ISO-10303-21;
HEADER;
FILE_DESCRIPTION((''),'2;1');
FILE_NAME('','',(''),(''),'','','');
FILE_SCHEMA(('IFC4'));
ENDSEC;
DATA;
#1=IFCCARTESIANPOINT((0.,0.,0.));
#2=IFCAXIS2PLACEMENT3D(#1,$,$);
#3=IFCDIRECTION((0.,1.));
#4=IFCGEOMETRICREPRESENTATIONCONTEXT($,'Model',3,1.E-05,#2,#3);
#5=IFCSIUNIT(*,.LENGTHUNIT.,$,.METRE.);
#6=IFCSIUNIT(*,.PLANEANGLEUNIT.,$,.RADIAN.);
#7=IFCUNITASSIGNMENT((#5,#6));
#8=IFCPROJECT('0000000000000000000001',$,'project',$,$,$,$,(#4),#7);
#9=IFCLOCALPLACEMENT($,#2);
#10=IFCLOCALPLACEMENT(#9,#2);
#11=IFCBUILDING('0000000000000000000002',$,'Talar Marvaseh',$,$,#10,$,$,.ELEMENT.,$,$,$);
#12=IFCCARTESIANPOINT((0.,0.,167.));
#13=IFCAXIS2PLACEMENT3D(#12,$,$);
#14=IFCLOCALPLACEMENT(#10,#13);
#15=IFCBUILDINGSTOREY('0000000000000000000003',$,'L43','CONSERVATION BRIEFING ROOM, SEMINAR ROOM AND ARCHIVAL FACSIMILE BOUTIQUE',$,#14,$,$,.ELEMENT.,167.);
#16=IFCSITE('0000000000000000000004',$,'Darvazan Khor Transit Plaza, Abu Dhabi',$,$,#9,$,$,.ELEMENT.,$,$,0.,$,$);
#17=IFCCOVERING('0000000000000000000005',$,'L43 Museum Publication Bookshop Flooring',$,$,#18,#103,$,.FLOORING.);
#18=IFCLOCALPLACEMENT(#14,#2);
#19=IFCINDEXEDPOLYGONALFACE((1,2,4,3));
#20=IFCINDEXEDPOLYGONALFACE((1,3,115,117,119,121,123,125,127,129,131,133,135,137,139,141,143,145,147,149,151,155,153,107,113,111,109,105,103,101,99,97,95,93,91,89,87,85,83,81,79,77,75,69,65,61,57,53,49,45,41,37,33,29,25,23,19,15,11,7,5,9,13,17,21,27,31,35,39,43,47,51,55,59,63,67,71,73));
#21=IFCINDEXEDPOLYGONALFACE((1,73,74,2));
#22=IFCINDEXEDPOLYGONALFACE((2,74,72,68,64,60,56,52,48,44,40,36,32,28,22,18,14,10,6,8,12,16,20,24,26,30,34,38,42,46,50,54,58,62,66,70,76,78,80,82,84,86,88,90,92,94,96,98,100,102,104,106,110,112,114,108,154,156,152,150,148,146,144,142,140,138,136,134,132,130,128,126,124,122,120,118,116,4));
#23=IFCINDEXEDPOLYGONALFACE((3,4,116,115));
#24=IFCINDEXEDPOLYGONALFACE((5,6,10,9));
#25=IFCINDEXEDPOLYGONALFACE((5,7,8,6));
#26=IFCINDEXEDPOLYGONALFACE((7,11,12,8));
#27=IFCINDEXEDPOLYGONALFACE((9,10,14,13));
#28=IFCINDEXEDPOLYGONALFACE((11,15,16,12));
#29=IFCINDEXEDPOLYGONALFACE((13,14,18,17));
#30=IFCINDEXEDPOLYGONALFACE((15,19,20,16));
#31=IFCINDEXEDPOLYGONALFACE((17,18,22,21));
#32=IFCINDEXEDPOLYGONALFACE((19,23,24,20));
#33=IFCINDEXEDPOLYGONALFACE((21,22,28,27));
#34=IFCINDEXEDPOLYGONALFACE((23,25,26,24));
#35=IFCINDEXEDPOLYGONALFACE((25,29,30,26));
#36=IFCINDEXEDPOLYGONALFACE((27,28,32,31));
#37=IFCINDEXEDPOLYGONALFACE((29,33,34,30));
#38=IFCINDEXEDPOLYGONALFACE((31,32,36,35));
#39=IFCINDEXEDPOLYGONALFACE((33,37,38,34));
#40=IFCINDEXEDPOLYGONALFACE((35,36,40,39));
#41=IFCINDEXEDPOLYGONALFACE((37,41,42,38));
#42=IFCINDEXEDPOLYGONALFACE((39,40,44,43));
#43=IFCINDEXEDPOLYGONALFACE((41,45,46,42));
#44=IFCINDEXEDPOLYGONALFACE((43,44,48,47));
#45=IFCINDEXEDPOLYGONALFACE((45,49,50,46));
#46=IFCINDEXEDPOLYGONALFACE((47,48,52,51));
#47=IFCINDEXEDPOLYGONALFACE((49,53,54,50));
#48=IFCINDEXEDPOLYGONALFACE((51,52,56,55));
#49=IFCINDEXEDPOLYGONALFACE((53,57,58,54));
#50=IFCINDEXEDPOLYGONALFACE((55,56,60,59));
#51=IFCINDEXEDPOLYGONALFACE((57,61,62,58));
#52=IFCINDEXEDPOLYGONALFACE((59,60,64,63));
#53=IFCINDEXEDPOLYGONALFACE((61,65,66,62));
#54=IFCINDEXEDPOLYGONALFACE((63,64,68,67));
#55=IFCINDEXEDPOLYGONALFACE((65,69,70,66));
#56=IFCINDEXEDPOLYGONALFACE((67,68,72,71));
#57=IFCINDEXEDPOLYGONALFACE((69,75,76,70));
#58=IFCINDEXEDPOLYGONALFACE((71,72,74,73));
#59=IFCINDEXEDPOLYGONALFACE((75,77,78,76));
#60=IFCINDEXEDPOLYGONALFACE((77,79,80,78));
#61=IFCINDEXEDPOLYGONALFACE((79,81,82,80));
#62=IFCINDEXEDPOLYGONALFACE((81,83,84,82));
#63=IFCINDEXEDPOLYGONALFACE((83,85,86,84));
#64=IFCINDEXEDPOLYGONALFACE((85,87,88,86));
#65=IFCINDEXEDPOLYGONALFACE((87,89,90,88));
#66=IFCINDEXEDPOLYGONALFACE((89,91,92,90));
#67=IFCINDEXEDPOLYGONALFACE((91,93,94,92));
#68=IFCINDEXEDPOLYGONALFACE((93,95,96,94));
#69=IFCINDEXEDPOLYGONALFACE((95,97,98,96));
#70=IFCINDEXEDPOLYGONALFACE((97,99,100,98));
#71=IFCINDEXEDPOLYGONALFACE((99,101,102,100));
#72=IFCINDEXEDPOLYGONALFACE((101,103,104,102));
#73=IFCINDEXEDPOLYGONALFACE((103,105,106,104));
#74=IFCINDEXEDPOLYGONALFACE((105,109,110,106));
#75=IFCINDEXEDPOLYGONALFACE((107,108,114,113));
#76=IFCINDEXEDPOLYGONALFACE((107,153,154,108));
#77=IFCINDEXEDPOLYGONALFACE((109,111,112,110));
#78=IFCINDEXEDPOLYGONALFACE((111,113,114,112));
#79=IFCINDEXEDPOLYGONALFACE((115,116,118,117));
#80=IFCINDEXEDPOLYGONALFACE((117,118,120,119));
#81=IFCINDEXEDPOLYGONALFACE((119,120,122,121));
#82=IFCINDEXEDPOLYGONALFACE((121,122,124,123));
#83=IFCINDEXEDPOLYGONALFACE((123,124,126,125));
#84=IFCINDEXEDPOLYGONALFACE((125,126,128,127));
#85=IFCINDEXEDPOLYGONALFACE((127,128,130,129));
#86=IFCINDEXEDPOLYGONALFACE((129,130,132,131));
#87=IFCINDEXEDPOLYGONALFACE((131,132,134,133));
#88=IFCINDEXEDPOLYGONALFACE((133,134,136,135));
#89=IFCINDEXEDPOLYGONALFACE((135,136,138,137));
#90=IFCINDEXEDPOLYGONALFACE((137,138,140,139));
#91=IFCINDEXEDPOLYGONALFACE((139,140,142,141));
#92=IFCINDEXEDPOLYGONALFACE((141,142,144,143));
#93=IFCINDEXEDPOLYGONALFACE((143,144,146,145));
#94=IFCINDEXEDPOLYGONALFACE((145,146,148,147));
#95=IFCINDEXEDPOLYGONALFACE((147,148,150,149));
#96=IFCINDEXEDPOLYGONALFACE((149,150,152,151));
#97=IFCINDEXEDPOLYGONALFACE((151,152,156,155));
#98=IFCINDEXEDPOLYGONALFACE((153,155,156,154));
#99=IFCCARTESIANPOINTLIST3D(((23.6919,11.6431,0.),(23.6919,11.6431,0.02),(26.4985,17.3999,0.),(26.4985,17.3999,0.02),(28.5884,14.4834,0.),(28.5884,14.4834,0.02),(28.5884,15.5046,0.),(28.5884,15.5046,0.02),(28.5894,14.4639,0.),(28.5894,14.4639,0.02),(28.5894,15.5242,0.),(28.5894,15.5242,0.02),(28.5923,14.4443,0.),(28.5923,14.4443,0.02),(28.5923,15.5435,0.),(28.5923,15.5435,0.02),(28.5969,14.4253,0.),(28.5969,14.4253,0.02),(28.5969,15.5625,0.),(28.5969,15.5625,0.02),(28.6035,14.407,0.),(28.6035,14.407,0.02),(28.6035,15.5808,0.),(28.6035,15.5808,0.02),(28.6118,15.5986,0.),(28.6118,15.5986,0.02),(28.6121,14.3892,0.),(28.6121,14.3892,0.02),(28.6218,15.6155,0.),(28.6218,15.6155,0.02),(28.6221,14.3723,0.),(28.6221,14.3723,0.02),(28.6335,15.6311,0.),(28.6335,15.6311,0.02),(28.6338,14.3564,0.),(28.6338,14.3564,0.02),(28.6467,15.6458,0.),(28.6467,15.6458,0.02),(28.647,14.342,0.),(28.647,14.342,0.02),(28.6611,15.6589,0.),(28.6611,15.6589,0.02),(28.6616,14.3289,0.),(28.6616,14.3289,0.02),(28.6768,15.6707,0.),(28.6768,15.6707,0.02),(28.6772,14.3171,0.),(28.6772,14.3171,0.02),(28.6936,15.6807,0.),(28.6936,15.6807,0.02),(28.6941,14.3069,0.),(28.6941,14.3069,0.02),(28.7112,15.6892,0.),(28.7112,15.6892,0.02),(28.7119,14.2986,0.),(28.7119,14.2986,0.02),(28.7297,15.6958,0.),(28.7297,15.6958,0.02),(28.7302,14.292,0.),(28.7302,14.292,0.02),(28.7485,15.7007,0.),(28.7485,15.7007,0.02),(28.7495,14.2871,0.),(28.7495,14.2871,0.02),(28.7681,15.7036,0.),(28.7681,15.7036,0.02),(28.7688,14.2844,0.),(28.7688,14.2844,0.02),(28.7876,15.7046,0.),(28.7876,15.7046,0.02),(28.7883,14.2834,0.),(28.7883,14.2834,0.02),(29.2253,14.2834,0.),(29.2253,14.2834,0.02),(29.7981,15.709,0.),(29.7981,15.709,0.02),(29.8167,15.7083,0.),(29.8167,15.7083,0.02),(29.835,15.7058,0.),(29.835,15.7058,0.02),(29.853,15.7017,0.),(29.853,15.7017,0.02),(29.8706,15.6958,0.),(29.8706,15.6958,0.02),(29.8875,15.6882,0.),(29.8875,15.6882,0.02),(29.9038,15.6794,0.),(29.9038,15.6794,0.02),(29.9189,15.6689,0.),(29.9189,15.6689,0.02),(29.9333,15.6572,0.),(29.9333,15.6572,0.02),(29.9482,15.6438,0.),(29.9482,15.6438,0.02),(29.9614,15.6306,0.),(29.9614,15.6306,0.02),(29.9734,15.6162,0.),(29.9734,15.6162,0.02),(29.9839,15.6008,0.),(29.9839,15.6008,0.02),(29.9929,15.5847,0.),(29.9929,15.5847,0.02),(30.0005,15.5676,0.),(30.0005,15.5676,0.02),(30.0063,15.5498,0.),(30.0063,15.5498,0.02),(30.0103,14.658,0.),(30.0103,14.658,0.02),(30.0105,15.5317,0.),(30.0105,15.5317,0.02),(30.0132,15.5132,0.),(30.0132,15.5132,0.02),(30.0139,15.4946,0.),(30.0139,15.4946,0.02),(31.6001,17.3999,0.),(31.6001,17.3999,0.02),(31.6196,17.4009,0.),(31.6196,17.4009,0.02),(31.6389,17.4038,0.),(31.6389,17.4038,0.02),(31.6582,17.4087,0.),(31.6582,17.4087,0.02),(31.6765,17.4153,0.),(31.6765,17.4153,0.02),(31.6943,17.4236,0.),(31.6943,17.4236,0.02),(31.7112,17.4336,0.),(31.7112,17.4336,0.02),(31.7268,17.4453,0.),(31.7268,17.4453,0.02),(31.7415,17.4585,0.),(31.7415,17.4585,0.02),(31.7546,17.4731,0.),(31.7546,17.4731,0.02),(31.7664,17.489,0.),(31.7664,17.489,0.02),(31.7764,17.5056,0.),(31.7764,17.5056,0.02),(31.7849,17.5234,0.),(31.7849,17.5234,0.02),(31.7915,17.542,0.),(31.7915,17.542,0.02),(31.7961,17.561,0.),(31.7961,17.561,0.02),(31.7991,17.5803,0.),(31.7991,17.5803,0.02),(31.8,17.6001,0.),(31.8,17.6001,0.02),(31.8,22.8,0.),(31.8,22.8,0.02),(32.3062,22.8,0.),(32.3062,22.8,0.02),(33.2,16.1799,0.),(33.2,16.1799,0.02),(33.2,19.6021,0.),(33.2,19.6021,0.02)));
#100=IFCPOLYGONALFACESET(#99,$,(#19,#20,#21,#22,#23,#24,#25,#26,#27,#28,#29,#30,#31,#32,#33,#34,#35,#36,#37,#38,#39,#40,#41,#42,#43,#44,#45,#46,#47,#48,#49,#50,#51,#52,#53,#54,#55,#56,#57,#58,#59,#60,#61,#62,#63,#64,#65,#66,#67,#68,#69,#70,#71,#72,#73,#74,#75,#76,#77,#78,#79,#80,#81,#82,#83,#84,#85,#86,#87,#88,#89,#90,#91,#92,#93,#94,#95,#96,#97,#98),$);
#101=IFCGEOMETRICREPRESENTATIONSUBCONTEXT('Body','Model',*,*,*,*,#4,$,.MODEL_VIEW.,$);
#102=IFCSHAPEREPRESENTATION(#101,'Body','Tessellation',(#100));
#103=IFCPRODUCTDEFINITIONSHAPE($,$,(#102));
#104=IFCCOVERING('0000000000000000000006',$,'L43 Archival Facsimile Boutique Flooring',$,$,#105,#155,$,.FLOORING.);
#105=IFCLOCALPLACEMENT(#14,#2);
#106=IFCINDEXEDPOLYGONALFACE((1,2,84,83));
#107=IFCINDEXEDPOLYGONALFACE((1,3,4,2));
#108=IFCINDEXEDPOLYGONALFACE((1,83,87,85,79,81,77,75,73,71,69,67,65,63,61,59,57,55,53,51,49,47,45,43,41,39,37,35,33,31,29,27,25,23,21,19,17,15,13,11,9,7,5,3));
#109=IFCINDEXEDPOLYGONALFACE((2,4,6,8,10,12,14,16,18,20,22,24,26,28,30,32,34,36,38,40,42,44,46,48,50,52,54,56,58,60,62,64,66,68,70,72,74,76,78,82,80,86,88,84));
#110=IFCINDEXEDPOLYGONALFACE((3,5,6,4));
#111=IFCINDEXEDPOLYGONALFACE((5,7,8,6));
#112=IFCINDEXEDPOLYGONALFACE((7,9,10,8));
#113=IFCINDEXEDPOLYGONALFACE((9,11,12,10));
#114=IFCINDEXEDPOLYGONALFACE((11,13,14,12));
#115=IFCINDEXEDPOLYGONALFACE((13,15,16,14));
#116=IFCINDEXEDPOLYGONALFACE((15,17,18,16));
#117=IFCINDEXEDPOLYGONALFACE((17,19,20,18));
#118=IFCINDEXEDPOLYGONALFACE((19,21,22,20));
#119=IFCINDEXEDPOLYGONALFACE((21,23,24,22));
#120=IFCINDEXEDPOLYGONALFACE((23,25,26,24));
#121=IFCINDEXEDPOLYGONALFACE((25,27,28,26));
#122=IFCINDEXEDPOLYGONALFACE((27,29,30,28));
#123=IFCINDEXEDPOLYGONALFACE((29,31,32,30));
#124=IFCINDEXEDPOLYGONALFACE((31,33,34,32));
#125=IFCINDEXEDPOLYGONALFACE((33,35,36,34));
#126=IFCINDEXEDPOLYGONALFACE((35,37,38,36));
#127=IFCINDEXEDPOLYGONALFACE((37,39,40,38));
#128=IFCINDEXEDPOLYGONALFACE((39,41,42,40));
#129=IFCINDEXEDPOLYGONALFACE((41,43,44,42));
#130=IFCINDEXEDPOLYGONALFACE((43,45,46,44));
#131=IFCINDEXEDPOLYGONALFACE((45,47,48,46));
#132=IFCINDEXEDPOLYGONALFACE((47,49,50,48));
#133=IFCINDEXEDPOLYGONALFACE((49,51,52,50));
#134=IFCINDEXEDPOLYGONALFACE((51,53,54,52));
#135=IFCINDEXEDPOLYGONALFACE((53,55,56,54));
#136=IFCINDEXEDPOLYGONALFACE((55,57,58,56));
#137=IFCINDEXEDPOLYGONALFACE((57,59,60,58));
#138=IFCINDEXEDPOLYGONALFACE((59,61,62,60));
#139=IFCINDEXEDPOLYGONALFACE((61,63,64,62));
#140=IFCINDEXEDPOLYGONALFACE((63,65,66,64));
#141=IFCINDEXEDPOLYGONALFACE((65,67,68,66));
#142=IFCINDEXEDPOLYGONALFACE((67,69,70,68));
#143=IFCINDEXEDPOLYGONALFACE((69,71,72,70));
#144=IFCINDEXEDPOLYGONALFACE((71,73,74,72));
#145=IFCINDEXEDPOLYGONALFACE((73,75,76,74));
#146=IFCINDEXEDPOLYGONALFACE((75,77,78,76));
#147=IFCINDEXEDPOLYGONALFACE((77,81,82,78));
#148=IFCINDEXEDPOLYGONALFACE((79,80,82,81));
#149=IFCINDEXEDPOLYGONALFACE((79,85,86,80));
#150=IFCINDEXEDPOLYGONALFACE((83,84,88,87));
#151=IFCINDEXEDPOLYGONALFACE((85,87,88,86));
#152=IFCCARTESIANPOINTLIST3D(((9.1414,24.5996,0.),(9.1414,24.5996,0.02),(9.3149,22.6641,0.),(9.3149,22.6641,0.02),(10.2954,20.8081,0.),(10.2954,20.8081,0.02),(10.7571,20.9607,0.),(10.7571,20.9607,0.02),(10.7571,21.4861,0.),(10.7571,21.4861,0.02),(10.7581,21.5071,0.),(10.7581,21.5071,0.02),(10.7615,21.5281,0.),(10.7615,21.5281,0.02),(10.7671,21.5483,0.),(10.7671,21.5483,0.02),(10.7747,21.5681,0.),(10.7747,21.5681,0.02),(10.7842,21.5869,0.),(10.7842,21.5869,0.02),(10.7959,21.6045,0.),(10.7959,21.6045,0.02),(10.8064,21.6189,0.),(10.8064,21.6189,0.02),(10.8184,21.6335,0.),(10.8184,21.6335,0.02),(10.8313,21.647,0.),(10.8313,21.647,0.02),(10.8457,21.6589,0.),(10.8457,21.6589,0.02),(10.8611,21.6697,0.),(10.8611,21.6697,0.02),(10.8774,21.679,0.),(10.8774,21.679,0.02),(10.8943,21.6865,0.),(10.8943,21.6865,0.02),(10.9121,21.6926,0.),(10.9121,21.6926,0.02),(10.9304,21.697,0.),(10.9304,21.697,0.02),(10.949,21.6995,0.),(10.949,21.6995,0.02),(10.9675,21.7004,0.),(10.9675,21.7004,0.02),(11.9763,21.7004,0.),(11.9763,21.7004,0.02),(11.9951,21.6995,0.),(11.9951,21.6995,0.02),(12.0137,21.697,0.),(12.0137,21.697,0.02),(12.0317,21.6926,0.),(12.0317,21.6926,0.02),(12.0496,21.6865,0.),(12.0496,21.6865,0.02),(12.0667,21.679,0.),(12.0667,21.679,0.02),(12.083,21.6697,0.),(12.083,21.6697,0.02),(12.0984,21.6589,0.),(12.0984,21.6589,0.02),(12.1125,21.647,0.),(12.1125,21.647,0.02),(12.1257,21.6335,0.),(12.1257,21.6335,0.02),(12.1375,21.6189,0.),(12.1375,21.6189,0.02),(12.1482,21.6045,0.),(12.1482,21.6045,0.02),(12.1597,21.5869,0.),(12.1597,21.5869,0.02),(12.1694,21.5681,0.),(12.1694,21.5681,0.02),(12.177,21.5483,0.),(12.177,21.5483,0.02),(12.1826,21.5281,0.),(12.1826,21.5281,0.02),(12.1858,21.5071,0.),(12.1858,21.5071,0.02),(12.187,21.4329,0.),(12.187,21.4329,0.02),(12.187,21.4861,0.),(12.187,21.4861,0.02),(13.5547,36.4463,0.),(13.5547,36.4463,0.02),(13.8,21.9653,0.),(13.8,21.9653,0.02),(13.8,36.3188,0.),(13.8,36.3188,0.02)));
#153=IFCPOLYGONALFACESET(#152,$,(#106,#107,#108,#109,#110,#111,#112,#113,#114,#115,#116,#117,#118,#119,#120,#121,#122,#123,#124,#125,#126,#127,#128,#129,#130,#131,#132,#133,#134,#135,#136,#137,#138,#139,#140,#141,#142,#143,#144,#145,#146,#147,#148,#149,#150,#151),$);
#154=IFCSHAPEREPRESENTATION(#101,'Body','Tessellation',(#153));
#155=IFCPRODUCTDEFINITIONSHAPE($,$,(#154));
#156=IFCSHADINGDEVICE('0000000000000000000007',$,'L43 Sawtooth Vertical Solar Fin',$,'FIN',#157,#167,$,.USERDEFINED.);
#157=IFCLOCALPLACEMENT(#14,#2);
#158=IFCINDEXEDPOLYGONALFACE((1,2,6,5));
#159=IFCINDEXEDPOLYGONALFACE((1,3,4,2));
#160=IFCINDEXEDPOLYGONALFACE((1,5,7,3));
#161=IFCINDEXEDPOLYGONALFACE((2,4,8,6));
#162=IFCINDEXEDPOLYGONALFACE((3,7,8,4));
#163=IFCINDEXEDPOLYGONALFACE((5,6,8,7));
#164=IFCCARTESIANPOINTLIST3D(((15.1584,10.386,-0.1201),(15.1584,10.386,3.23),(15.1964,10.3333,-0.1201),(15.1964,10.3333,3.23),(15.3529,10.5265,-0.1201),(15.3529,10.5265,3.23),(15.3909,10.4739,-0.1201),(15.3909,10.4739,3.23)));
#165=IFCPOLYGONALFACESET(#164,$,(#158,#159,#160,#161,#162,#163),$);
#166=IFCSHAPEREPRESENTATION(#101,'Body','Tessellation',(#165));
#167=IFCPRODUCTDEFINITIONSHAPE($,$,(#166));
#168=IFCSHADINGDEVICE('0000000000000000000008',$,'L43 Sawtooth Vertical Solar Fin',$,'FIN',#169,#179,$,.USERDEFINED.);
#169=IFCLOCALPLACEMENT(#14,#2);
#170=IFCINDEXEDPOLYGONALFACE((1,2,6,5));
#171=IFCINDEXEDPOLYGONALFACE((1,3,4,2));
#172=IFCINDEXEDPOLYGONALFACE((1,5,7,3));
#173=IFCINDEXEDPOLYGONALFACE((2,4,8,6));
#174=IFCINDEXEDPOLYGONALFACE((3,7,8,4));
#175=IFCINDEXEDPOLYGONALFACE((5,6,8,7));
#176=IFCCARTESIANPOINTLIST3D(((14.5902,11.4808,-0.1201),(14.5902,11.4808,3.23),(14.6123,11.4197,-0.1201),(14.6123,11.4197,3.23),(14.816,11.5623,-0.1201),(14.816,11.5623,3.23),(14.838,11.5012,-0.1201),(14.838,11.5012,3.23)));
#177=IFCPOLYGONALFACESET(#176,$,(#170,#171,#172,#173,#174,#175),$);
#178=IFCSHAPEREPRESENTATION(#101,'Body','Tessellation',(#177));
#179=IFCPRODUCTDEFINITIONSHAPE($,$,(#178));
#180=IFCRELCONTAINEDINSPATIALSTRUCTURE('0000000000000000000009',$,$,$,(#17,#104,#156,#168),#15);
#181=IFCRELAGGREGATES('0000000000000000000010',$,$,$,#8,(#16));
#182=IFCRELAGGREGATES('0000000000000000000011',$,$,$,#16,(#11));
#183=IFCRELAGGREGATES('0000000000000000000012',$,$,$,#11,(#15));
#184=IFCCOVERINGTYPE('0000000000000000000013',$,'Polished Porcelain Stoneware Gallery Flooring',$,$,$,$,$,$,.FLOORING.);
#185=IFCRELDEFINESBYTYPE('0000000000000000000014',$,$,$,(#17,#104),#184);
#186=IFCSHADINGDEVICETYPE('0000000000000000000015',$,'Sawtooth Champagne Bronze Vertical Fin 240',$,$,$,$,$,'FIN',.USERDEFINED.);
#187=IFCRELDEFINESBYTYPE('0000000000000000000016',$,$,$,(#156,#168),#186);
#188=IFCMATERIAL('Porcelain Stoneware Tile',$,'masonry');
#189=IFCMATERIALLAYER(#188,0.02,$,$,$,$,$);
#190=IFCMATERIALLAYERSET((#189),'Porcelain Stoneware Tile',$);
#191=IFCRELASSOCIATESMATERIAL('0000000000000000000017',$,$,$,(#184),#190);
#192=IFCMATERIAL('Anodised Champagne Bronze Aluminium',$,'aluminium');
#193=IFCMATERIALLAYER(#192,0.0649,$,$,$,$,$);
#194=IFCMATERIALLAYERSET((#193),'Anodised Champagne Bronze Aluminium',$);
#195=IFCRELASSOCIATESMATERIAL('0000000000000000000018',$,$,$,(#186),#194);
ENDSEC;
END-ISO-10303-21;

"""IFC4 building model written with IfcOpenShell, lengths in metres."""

from ifc_helpers import new_model, si_unit, direction, frame, origin, origin_2d, place, context, subcontext, project, spatial, polyline, rectangle, outline, extrude, source, transform, mapped, material, layer, layer_set, type_object, type_shapes, element, save


model = new_model("IFC4")

# Units and contexts
model_context = context("Model", 3, precision=1e-05, world=origin(), true_north=direction((0.0, 1.0)))
body_context = subcontext(model_context, "Body", "Model", "MODEL_VIEW")
ifc_project = project(units=[si_unit("LENGTHUNIT", "METRE"), si_unit("PLANEANGLEUNIT", "RADIAN")], contexts=[model_context])

# Site, building, storey
site_placement = place(None, origin())
site = spatial("IfcSite", under=ifc_project, at=site_placement, Name="Darvazan Khor Transit Plaza, Abu Dhabi", CompositionType="ELEMENT", RefElevation=0.0)
building_placement = place(site_placement, origin())
building = spatial("IfcBuilding", under=site, at=building_placement, Name="Talar Marvaseh", CompositionType="ELEMENT")
storey_placement = place(building_placement, frame((0.0, 0.0, 167.0)))
storey = spatial("IfcBuildingStorey", under=building, at=storey_placement, Name="L43", Description="CONSERVATION BRIEFING ROOM, SEMINAR ROOM AND ARCHIVAL FACSIMILE BOUTIQUE", CompositionType="ELEMENT", Elevation=167.0)

# Coverings
ifc_material_1 = material(Name="Porcelain Stoneware Tile", Category="masonry")
ifc_layer_1 = layer(ifc_material_1, 0.02)
ifc_layer_set_1 = layer_set([ifc_layer_1], Name="Porcelain Stoneware Tile")
covering_type_1 = type_object("IfcCoveringType", Name="Polished Porcelain Stoneware Gallery Flooring", PredefinedType="FLOORING", material=ifc_layer_set_1)
covering_1_placement = place(storey_placement, origin())
element("IfcCovering", 1, at=covering_1_placement, inside=storey, type_object=covering_type_1, Name="L43 Museum Publication Bookshop Flooring", PredefinedType="FLOORING", context=body_context, shape_type="SweptSolid", body=[
    extrude(outline(polyline([(31.6196, 17.4009), (31.6389, 17.4038), (31.6582, 17.4087), (31.6765, 17.4153), (31.6943, 17.4236), (31.7112, 17.4336), (31.7268, 17.4453), (31.7415, 17.4585), (31.7546, 17.4731), (31.7664, 17.489), (31.7764, 17.5056), (31.7849, 17.5234), (31.7915, 17.542), (31.7961, 17.561), (31.7991, 17.5803), (31.8, 17.6001), (31.8, 22.8), (32.3062, 22.8), (33.2, 19.6021), (33.2, 16.1799), (30.0103, 14.658), (30.0139, 15.4946), (30.0132, 15.5132), (30.0105, 15.5317), (30.0063, 15.5498), (30.0005, 15.5676), (29.9929, 15.5847), (29.9839, 15.6008), (29.9734, 15.6162), (29.9614, 15.6306), (29.9482, 15.6438), (29.9333, 15.6572), (29.9189, 15.6689), (29.9038, 15.6794), (29.8875, 15.6882), (29.8706, 15.6958), (29.853, 15.7017), (29.835, 15.7058), (29.8167, 15.7083), (29.7981, 15.709), (28.7876, 15.7046), (28.7681, 15.7036), (28.7485, 15.7007), (28.7297, 15.6958), (28.7112, 15.6892), (28.6936, 15.6807), (28.6768, 15.6707), (28.6611, 15.6589), (28.6467, 15.6458), (28.6335, 15.6311), (28.6218, 15.6155), (28.6118, 15.5986), (28.6035, 15.5808), (28.5969, 15.5625), (28.5923, 15.5435), (28.5894, 15.5242), (28.5884, 15.5046), (28.5884, 14.4834), (28.5894, 14.4639), (28.5923, 14.4443), (28.5969, 14.4253), (28.6035, 14.407), (28.6121, 14.3892), (28.6221, 14.3723), (28.6338, 14.3564), (28.647, 14.342), (28.6616, 14.3289), (28.6772, 14.3171), (28.6941, 14.3069), (28.7119, 14.2986), (28.7302, 14.292), (28.7495, 14.2871), (28.7688, 14.2844), (28.7883, 14.2834), (29.2253, 14.2834), (23.6919, 11.6431), (26.4985, 17.3999), (31.6001, 17.3999), (31.6196, 17.4009)])), origin(), (0.0, 0.0, 1.0), 0.02),
])
covering_2_placement = place(storey_placement, origin())
element("IfcCovering", 2, at=covering_2_placement, inside=storey, type_object=covering_type_1, Name="L43 Archival Facsimile Boutique Flooring", PredefinedType="FLOORING", context=body_context, shape_type="SweptSolid", body=[
    extrude(outline(polyline([(13.8, 36.3188), (13.8, 21.9653), (12.187, 21.4329), (12.187, 21.4861), (12.1858, 21.5071), (12.1826, 21.5281), (12.177, 21.5483), (12.1694, 21.5681), (12.1597, 21.5869), (12.1482, 21.6045), (12.1375, 21.6189), (12.1257, 21.6335), (12.1125, 21.647), (12.0984, 21.6589), (12.083, 21.6697), (12.0667, 21.679), (12.0496, 21.6865), (12.0317, 21.6926), (12.0137, 21.697), (11.9951, 21.6995), (11.9763, 21.7004), (10.9675, 21.7004), (10.949, 21.6995), (10.9304, 21.697), (10.9121, 21.6926), (10.8943, 21.6865), (10.8774, 21.679), (10.8611, 21.6697), (10.8457, 21.6589), (10.8313, 21.647), (10.8184, 21.6335), (10.8064, 21.6189), (10.7959, 21.6045), (10.7842, 21.5869), (10.7747, 21.5681), (10.7671, 21.5483), (10.7615, 21.5281), (10.7581, 21.5071), (10.7571, 21.4861), (10.7571, 20.9607), (10.2954, 20.8081), (9.3149, 22.6641), (9.1414, 24.5996), (13.5547, 36.4463), (13.8, 36.3188)])), origin(), (0.0, 0.0, 1.0), 0.02),
])

# Shading devices
ifc_material_2 = material(Name="Anodised Champagne Bronze Aluminium", Category="aluminium")
ifc_layer_2 = layer(ifc_material_2, 0.0649)
ifc_layer_set_2 = layer_set([ifc_layer_2], Name="Anodised Champagne Bronze Aluminium")
shading_device_type_1 = type_object("IfcShadingDeviceType", Name="Sawtooth Champagne Bronze Vertical Fin 240", ElementType="FIN", PredefinedType="USERDEFINED", material=ifc_layer_set_2)
shared_shape_1 = source(origin(), body_context, "Body", "SweptSolid", [
    extrude(rectangle(XDim=0.24, YDim=0.0649, at=origin_2d()), origin(), (0.0, 0.0, 1.0), 3.3501),
])
type_shapes(shading_device_type_1, [shared_shape_1])
for number, where, z_axis, x_axis, name in (
    (3, (15.2747, 10.4299, -0.1201), (0.0, 0.0, 1.0), (-0.810553, -0.585665, 0.0), "L43 Sawtooth Vertical Solar Fin"),
    (4, (14.7141, 11.491, -0.1201), (0.0, 0.0, 1.0), (-0.940585, -0.339559, 0.0), "L43 Sawtooth Vertical Solar Fin"),
):
    element("IfcShadingDevice", number, at=place(storey_placement, frame(where, z_axis=z_axis, x_axis=x_axis)), inside=storey, type_object=shading_device_type_1, Name=name, ObjectType="FIN", PredefinedType="USERDEFINED", context=body_context, shape_type="MappedRepresentation", body=[
        mapped(shared_shape_1, transform((0.0, 0.0, 0.0), x_axis=(1.0, 0.0, 0.0), y_axis=(0.0, 1.0, 0.0), z_axis=(0.0, 0.0, 1.0), scale=1.0)),
    ])

save(model, "model.ifc")
